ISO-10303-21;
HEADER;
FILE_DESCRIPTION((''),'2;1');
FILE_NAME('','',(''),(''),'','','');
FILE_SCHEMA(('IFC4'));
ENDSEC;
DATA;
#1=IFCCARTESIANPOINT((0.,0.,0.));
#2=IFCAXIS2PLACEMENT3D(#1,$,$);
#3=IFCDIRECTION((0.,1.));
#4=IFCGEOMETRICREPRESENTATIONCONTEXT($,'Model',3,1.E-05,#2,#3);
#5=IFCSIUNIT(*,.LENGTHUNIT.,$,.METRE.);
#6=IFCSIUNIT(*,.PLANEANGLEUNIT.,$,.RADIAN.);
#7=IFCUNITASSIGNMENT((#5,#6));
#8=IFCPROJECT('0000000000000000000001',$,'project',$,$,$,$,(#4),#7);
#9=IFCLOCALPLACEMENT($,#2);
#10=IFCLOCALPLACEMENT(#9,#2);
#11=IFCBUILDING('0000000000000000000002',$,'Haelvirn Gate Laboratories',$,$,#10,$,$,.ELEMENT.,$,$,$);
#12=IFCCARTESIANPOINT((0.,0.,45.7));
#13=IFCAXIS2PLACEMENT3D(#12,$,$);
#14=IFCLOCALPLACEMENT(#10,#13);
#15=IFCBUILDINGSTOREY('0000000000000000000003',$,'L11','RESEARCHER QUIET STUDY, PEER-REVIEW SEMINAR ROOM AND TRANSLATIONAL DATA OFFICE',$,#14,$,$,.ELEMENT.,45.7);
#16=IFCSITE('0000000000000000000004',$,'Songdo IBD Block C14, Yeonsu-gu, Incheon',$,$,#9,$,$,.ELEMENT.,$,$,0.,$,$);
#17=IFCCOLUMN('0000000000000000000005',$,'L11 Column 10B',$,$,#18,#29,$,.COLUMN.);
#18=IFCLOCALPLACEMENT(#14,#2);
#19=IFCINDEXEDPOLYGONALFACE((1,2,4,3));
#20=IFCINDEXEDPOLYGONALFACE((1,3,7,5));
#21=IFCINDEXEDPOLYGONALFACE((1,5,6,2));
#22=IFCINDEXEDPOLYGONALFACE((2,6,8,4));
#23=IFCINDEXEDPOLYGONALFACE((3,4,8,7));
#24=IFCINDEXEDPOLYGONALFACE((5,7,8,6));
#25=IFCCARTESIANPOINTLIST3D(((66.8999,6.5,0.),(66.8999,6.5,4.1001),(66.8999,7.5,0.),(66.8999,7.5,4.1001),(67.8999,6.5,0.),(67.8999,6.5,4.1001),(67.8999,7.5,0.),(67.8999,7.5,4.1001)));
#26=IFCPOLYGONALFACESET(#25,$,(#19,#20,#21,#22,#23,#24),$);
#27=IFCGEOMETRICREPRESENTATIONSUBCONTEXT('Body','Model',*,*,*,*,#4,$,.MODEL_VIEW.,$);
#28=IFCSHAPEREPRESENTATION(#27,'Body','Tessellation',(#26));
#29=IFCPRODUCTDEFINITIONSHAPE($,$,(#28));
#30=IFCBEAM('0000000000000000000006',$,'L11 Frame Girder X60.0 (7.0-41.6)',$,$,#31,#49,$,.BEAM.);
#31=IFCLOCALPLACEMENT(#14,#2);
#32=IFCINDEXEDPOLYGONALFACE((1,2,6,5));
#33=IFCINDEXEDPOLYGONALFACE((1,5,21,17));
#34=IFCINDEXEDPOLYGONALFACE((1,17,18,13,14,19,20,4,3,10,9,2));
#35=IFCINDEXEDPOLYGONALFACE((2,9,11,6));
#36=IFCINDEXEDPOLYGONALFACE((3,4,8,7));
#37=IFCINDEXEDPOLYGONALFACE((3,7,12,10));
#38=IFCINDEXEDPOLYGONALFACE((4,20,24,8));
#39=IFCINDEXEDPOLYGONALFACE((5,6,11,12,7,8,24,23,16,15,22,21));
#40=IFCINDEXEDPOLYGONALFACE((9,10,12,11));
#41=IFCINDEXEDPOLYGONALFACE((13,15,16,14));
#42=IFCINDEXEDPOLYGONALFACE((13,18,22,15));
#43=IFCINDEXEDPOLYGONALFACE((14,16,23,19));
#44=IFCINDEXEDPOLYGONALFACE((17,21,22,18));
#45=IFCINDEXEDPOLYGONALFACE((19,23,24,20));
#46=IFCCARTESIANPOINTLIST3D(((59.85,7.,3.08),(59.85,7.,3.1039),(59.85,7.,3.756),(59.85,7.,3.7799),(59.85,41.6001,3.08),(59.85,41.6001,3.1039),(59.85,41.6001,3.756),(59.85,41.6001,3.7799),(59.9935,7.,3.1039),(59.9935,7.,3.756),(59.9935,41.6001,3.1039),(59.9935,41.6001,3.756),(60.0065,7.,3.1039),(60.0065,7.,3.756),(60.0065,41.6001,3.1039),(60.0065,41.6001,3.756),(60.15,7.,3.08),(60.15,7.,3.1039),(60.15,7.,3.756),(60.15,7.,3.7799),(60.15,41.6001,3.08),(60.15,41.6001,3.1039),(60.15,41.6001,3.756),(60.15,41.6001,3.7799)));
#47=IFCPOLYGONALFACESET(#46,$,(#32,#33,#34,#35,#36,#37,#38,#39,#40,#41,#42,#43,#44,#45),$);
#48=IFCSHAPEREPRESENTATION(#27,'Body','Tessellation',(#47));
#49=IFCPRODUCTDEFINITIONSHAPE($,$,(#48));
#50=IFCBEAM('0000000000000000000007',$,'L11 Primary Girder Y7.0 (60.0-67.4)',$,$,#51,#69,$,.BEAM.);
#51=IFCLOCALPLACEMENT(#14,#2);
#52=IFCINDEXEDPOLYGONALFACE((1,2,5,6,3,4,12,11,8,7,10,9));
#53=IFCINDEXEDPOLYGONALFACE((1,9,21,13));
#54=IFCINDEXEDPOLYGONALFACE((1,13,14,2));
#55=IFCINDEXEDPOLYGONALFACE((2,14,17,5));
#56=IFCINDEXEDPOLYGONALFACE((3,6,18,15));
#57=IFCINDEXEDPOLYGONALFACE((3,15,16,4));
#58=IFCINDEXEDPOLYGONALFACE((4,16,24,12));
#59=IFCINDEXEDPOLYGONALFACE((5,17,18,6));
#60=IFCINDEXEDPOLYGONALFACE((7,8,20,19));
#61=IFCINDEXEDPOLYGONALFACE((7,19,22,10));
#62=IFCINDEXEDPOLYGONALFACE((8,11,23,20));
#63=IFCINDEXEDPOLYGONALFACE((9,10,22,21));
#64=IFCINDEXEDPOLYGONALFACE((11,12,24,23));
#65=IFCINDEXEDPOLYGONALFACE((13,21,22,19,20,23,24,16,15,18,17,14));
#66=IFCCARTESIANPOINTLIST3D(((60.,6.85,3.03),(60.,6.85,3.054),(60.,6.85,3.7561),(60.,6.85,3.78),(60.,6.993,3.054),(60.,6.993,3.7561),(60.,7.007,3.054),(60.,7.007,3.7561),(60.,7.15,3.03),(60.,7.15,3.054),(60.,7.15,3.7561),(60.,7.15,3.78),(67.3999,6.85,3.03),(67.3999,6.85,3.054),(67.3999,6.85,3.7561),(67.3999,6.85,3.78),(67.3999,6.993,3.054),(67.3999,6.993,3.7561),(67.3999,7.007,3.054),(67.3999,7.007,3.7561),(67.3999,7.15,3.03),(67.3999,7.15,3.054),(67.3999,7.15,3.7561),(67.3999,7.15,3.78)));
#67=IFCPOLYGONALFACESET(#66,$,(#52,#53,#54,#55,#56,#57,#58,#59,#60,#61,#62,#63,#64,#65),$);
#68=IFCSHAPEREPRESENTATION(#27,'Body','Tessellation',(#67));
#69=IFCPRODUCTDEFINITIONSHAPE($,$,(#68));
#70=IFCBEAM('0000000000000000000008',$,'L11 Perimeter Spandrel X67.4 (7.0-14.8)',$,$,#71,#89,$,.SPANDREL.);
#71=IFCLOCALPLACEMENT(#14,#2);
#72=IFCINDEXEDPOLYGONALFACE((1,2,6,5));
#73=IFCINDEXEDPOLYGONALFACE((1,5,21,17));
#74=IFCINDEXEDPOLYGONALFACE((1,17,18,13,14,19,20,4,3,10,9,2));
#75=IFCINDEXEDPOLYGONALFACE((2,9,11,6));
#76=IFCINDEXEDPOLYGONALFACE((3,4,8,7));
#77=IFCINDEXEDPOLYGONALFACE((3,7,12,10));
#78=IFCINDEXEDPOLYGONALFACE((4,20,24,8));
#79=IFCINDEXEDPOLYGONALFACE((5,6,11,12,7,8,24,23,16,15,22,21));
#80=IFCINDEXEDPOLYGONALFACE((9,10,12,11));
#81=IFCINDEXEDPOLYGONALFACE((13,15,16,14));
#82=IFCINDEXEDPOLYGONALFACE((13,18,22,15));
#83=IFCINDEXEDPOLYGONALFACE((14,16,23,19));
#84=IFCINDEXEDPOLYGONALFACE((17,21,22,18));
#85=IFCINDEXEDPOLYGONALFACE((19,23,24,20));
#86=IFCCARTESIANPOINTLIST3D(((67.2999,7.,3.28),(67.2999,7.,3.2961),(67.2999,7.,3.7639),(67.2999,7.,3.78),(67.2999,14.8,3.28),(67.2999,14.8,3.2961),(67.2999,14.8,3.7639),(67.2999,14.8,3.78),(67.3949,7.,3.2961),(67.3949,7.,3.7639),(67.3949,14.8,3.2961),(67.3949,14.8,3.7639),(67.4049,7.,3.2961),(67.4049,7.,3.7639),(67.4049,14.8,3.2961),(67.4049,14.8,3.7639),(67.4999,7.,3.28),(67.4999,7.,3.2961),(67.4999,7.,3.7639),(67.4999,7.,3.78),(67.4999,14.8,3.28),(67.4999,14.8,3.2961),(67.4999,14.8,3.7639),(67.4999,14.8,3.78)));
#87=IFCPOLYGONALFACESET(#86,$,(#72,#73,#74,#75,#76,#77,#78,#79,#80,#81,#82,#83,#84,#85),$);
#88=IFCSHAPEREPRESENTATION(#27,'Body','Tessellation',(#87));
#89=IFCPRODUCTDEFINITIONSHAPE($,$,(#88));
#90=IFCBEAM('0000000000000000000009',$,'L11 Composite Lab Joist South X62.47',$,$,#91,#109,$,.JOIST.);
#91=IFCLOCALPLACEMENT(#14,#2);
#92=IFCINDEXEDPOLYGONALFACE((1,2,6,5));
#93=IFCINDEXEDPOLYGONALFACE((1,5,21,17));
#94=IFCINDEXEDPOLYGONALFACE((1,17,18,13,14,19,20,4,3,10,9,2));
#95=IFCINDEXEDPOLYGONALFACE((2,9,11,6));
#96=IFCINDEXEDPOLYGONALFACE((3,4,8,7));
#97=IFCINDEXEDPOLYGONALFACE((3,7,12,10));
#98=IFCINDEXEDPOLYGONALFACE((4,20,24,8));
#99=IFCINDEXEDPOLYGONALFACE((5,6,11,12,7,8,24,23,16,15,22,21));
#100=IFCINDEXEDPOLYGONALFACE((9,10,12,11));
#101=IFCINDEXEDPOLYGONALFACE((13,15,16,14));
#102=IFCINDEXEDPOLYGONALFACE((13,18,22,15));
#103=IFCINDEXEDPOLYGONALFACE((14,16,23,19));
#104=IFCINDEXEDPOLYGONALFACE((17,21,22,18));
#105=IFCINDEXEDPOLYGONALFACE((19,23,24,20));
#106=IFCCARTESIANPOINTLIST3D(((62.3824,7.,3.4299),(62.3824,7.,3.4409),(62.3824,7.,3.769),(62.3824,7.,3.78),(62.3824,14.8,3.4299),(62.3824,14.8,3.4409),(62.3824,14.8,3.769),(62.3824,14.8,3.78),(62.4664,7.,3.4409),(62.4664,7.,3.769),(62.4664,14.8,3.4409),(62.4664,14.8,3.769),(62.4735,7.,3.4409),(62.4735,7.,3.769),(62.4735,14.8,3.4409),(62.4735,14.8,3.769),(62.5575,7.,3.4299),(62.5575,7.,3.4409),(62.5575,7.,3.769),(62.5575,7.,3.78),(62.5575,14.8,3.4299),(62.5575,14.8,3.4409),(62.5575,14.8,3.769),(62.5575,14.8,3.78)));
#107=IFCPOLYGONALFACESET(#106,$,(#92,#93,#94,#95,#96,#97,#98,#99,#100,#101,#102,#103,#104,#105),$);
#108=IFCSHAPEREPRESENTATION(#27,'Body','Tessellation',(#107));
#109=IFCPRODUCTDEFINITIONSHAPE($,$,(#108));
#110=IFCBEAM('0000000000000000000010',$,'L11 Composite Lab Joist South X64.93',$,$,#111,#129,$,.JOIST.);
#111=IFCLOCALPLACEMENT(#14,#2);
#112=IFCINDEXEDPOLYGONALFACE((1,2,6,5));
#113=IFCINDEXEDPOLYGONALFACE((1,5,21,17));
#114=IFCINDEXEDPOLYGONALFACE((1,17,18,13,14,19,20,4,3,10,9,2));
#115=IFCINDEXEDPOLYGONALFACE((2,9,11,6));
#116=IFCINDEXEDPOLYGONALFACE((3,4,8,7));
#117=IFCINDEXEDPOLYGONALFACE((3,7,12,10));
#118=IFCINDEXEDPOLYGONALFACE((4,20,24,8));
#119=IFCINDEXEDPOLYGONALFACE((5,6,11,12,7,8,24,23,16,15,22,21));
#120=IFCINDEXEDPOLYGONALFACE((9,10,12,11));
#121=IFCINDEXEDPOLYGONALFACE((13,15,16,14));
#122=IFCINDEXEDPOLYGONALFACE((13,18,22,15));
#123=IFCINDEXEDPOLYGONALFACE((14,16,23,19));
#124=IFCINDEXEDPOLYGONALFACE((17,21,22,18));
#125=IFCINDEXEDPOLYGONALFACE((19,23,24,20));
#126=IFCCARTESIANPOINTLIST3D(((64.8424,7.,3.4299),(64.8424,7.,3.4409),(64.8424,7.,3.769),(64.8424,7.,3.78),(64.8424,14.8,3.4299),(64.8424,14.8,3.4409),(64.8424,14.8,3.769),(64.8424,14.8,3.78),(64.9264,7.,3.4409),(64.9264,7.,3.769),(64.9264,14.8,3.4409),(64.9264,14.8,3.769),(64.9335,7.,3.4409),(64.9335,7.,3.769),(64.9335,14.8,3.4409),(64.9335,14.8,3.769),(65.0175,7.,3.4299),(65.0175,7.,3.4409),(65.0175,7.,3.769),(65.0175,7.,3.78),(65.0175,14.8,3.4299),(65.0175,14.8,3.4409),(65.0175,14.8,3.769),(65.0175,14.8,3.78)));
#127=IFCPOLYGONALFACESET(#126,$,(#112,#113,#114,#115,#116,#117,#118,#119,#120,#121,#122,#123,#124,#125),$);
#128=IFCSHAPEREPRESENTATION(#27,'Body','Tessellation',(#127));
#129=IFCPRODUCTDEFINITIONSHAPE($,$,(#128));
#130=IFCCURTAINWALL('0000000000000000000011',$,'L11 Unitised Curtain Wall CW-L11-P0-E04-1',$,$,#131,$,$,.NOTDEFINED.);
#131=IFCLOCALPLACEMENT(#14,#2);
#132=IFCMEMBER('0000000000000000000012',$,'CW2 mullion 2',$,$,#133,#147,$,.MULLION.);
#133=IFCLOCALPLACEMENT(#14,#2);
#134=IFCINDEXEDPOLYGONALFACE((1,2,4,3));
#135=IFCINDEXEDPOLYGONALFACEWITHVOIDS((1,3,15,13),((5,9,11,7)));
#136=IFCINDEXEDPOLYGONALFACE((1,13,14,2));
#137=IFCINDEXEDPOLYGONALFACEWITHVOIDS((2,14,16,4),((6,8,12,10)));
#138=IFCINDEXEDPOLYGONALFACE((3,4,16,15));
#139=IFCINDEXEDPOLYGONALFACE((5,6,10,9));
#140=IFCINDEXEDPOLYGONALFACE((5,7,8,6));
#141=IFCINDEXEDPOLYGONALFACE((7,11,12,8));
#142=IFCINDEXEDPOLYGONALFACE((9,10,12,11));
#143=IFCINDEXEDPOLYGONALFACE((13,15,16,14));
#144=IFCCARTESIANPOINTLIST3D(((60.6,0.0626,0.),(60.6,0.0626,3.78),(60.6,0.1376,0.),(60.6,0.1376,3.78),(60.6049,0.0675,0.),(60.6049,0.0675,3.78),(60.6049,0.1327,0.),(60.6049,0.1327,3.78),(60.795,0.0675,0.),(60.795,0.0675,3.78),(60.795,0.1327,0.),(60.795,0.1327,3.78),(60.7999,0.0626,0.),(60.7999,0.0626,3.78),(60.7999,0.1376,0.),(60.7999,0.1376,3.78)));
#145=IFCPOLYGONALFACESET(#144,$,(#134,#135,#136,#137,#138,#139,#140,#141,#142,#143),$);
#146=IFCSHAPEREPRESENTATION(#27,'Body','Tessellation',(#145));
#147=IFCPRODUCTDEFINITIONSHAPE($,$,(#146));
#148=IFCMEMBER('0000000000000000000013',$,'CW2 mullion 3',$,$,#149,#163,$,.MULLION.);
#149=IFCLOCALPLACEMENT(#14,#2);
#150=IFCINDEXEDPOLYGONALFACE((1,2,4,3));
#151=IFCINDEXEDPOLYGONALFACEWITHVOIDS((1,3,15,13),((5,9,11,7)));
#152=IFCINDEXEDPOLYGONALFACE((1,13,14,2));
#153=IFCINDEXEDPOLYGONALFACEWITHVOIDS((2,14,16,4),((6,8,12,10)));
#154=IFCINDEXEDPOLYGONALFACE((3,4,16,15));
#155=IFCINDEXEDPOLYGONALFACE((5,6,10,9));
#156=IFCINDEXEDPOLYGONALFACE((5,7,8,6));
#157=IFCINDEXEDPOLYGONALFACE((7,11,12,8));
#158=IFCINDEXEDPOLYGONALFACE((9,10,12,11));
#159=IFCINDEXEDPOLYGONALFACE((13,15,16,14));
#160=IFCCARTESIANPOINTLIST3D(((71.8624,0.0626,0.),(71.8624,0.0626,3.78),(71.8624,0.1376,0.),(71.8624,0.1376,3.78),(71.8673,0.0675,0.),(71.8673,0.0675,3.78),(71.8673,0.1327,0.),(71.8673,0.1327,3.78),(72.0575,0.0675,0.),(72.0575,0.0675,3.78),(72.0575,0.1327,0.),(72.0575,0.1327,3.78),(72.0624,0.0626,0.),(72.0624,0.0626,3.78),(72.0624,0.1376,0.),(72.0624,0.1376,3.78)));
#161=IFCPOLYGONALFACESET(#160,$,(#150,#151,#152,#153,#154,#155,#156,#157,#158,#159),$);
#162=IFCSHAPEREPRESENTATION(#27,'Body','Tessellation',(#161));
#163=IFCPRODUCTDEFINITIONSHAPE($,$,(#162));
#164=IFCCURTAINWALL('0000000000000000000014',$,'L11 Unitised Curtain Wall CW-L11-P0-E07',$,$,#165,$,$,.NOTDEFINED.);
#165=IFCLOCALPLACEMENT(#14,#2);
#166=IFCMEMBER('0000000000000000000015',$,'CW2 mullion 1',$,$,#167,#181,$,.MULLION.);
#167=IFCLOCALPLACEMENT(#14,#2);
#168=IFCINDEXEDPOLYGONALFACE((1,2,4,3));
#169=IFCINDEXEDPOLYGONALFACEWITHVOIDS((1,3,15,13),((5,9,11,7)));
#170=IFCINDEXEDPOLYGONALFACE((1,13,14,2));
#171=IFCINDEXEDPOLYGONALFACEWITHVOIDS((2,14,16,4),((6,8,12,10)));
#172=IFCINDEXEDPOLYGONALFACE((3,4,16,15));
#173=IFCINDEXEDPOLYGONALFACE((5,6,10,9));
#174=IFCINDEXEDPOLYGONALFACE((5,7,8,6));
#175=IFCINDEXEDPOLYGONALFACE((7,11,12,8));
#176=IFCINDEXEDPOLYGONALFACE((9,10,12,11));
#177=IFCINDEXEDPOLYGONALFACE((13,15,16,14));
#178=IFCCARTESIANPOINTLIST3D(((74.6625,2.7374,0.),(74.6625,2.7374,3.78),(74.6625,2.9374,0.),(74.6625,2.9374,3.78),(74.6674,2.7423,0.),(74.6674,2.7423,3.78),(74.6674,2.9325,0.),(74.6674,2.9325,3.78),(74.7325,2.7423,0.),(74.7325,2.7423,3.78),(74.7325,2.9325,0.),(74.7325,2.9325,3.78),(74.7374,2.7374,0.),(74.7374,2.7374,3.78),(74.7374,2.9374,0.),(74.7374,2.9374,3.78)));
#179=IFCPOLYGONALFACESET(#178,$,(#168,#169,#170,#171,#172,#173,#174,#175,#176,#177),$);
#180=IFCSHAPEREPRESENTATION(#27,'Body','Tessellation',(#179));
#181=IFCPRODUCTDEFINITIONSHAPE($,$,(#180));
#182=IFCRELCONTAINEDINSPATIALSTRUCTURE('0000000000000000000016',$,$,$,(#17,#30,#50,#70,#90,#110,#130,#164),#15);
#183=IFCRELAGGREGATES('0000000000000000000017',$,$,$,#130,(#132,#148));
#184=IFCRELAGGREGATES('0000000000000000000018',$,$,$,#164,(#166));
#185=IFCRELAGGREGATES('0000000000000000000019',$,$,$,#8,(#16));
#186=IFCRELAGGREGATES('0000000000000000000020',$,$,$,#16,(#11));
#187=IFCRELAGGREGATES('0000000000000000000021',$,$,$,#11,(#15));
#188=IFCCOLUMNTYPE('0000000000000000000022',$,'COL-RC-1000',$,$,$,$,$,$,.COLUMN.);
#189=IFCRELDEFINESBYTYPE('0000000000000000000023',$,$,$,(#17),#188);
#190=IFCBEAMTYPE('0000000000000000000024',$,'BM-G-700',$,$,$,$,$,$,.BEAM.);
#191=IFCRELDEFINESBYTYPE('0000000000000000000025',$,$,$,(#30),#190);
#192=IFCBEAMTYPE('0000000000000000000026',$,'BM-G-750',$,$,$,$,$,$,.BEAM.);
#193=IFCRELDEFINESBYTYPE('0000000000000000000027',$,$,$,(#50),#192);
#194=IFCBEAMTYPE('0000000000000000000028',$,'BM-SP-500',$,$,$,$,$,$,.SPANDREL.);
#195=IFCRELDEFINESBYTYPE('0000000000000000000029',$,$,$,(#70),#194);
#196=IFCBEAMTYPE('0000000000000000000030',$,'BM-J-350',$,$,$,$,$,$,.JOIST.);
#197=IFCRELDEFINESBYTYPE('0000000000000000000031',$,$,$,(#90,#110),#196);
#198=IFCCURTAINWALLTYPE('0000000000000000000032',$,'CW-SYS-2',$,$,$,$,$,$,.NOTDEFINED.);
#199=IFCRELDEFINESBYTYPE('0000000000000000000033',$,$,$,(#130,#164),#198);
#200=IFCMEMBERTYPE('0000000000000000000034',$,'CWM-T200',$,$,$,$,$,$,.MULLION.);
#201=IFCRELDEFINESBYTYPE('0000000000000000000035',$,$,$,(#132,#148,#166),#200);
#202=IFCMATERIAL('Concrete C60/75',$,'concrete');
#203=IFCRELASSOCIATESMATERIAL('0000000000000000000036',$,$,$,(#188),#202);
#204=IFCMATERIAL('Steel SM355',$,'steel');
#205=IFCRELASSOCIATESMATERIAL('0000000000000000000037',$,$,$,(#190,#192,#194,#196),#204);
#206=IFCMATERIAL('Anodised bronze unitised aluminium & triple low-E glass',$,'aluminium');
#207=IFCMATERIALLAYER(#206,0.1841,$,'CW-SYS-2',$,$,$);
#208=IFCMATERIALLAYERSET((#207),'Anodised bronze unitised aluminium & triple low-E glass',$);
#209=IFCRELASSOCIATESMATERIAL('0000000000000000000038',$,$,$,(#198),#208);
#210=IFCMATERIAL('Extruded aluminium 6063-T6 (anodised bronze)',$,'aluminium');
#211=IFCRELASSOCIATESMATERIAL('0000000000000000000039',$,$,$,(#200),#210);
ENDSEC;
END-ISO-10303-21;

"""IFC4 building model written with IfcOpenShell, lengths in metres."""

from ifc_helpers import new_model, si_unit, direction, frame, origin, origin_2d, place, context, subcontext, project, spatial, rectangle, hollow_rectangle, i_section, extrude, source, transform, mapped, material, layer, layer_set, material_profile, profile_set, type_object, type_shapes, element, aggregate, save


model = new_model("IFC4")

# Units and contexts
model_context = context("Model", 3, precision=1e-05, world=origin(), true_north=direction((0.0, 1.0)))
body_context = subcontext(model_context, "Body", "Model", "MODEL_VIEW")
ifc_project = project(units=[si_unit("LENGTHUNIT", "METRE"), si_unit("PLANEANGLEUNIT", "RADIAN")], contexts=[model_context])

# Site, building, storey
site_placement = place(None, origin())
site = spatial("IfcSite", under=ifc_project, at=site_placement, Name="Songdo IBD Block C14, Yeonsu-gu, Incheon", CompositionType="ELEMENT", RefElevation=0.0)
building_placement = place(site_placement, origin())
building = spatial("IfcBuilding", under=site, at=building_placement, Name="Haelvirn Gate Laboratories", CompositionType="ELEMENT")
storey_placement = place(building_placement, frame((0.0, 0.0, 45.7)))
storey = spatial("IfcBuildingStorey", under=building, at=storey_placement, Name="L11", Description="RESEARCHER QUIET STUDY, PEER-REVIEW SEMINAR ROOM AND TRANSLATIONAL DATA OFFICE", CompositionType="ELEMENT", Elevation=45.7)

# Column
ifc_material_1 = material(Name="Concrete C60/75", Category="concrete")
ifc_material_profile_1 = material_profile(ifc_material_1, rectangle(XDim=1.0, YDim=1.0, at=origin_2d()), Name="RC-1000x1000")
ifc_profile_set_1 = profile_set([ifc_material_profile_1], Name="Concrete C60/75")
column_type = type_object("IfcColumnType", Name="COL-RC-1000", PredefinedType="COLUMN", material=ifc_profile_set_1)
shared_shape_1 = source(origin(), body_context, "Body", "SweptSolid", [
    extrude(rectangle(XDim=1.0, YDim=1.0, at=origin_2d()), origin(), (0.0, 0.0, 1.0), 4.1001),
])
type_shapes(column_type, [shared_shape_1])
column_placement = place(storey_placement, frame((67.3999, 7.0, 0.0), z_axis=(0.0, 0.0, 1.0), x_axis=(1.0, 0.0, 0.0)))
element("IfcColumn", 1, at=column_placement, inside=storey, type_object=column_type, Name="L11 Column 10B", PredefinedType="COLUMN", context=body_context, shape_type="MappedRepresentation", body=[
    mapped(shared_shape_1, transform((0.0, 0.0, 0.0), scale=1.0)),
])

# Beams
ifc_material_2 = material(Name="Steel SM355", Category="steel")
ifc_material_profile_2 = material_profile(ifc_material_2, i_section(OverallWidth=0.3, OverallDepth=0.7, WebThickness=0.0129, FlangeThickness=0.0239, at=origin_2d()), Name="H-700x300x13x24")
ifc_profile_set_2 = profile_set([ifc_material_profile_2], Name="Steel SM355")
beam_type_1 = type_object("IfcBeamType", Name="BM-G-700", PredefinedType="BEAM", material=ifc_profile_set_2)
shared_shape_2 = source(origin(), body_context, "Body", "SweptSolid", [
    extrude(i_section(OverallWidth=0.3, OverallDepth=0.7, WebThickness=0.0129, FlangeThickness=0.0239, at=origin_2d()), origin(), (0.0, 0.0, 1.0), 34.6001),
])
type_shapes(beam_type_1, [shared_shape_2])
beam_1_placement = place(storey_placement, frame((60.0, 7.0, 3.4299), z_axis=(0.0, 1.0, 0.0), x_axis=(-1.0, 0.0, 0.0)))
element("IfcBeam", 2, at=beam_1_placement, inside=storey, type_object=beam_type_1, Name="L11 Frame Girder X60.0 (7.0-41.6)", PredefinedType="BEAM", context=body_context, shape_type="MappedRepresentation", body=[
    mapped(shared_shape_2, transform((0.0, 0.0, 0.0), scale=1.0)),
])
ifc_material_profile_3 = material_profile(ifc_material_2, i_section(OverallWidth=0.3, OverallDepth=0.75, WebThickness=0.0139, FlangeThickness=0.0239, at=origin_2d()), Name="H-750x300x14x24")
ifc_profile_set_3 = profile_set([ifc_material_profile_3], Name="Steel SM355")
beam_type_2 = type_object("IfcBeamType", Name="BM-G-750", PredefinedType="BEAM", material=ifc_profile_set_3)
shared_shape_3 = source(origin(), body_context, "Body", "SweptSolid", [
    extrude(i_section(OverallWidth=0.3, OverallDepth=0.75, WebThickness=0.0139, FlangeThickness=0.0239, at=origin_2d()), origin(), (0.0, 0.0, 1.0), 7.3999),
])
type_shapes(beam_type_2, [shared_shape_3])
beam_2_placement = place(storey_placement, frame((60.0, 7.0, 3.405), z_axis=(1.0, 0.0, 0.0), x_axis=(0.0, 1.0, 0.0)))
element("IfcBeam", 3, at=beam_2_placement, inside=storey, type_object=beam_type_2, Name="L11 Primary Girder Y7.0 (60.0-67.4)", PredefinedType="BEAM", context=body_context, shape_type="MappedRepresentation", body=[
    mapped(shared_shape_3, transform((0.0, 0.0, 0.0), scale=1.0)),
])
ifc_material_profile_4 = material_profile(ifc_material_2, i_section(OverallWidth=0.2, OverallDepth=0.5, WebThickness=0.01, FlangeThickness=0.0161, at=origin_2d()), Name="H-500x200x10x16")
ifc_profile_set_4 = profile_set([ifc_material_profile_4], Name="Steel SM355")
beam_type_3 = type_object("IfcBeamType", Name="BM-SP-500", PredefinedType="SPANDREL", material=ifc_profile_set_4)
shared_shape_4 = source(origin(), body_context, "Body", "SweptSolid", [
    extrude(i_section(OverallWidth=0.2, OverallDepth=0.5, WebThickness=0.01, FlangeThickness=0.0161, at=origin_2d()), origin(), (0.0, 0.0, 1.0), 7.8),
])
type_shapes(beam_type_3, [shared_shape_4])
beam_3_placement = place(storey_placement, frame((67.3999, 7.0, 3.53), z_axis=(0.0, 1.0, 0.0), x_axis=(-1.0, 0.0, 0.0)))
element("IfcBeam", 4, at=beam_3_placement, inside=storey, type_object=beam_type_3, Name="L11 Perimeter Spandrel X67.4 (7.0-14.8)", PredefinedType="SPANDREL", context=body_context, shape_type="MappedRepresentation", body=[
    mapped(shared_shape_4, transform((0.0, 0.0, 0.0), scale=1.0)),
])
ifc_material_profile_5 = material_profile(ifc_material_2, i_section(OverallWidth=0.175, OverallDepth=0.3501, WebThickness=0.0071, FlangeThickness=0.011, at=origin_2d()), Name="H-350x175x7x11")
ifc_profile_set_5 = profile_set([ifc_material_profile_5], Name="Steel SM355")
beam_type_4 = type_object("IfcBeamType", Name="BM-J-350", PredefinedType="JOIST", material=ifc_profile_set_5)
shared_shape_5 = source(origin(), body_context, "Body", "SweptSolid", [
    extrude(i_section(OverallWidth=0.175, OverallDepth=0.3501, WebThickness=0.0071, FlangeThickness=0.011, at=origin_2d()), origin(), (0.0, 0.0, 1.0), 7.8),
])
type_shapes(beam_type_4, [shared_shape_5])
for number, where, z_axis, x_axis, name in (
    (5, (62.47, 7.0, 3.605), (0.0, 1.0, 0.0), (-1.0, 0.0, 0.0), "L11 Composite Lab Joist South X62.47"),
    (6, (64.9299, 7.0, 3.605), (0.0, 1.0, 0.0), (-1.0, 0.0, 0.0), "L11 Composite Lab Joist South X64.93"),
):
    element("IfcBeam", number, at=place(storey_placement, frame(where, z_axis=z_axis, x_axis=x_axis)), inside=storey, type_object=beam_type_4, Name=name, PredefinedType="JOIST", context=body_context, shape_type="MappedRepresentation", body=[
        mapped(shared_shape_5, transform((0.0, 0.0, 0.0), scale=1.0)),
    ])

# Curtain wall, members
ifc_material_3 = material(Name="Anodised bronze unitised aluminium & triple low-E glass", Category="aluminium")
ifc_layer_1 = layer(ifc_material_3, 0.1841, Name="CW-SYS-2")
ifc_layer_set_1 = layer_set([ifc_layer_1], Name="Anodised bronze unitised aluminium & triple low-E glass")
curtain_wall_type_1 = type_object("IfcCurtainWallType", Name="CW-SYS-2", PredefinedType="NOTDEFINED", material=ifc_layer_set_1)
curtain_wall_1_placement = place(storey_placement, origin())
curtain_wall_1 = element("IfcCurtainWall", 7, at=curtain_wall_1_placement, inside=storey, type_object=curtain_wall_type_1, Name="L11 Unitised Curtain Wall CW-L11-P0-E04-1", PredefinedType="NOTDEFINED")
ifc_material_4 = material(Name="Extruded aluminium 6063-T6 (anodised bronze)", Category="aluminium")
ifc_material_profile_6 = material_profile(ifc_material_4, hollow_rectangle(XDim=0.075, YDim=0.2, WallThickness=0.0049, at=origin_2d()), Name="CWM-200x75x5")
ifc_profile_set_6 = profile_set([ifc_material_profile_6], Name="Extruded aluminium 6063-T6 (anodised bronze)")
member_type_1 = type_object("IfcMemberType", Name="CWM-T200", PredefinedType="MULLION", material=ifc_profile_set_6)
shared_shape_6 = source(origin(), body_context, "Body", "SweptSolid", [
    extrude(hollow_rectangle(XDim=0.075, YDim=0.2, WallThickness=0.0049, at=origin_2d()), origin(), (0.0, 0.0, 1.0), 3.78),
])
type_shapes(member_type_1, [shared_shape_6])
member_1_placement = place(storey_placement, frame((60.7, 0.1001, 0.0), z_axis=(0.0, 0.0, 1.0), x_axis=(0.0, 1.0, 0.0)))
member_1 = element("IfcMember", 8, at=member_1_placement, type_object=member_type_1, Name="CW2 mullion 2", PredefinedType="MULLION", context=body_context, shape_type="MappedRepresentation", body=[
    mapped(shared_shape_6, transform((0.0, 0.0, 0.0), scale=1.0)),
])
member_2_placement = place(storey_placement, frame((71.9624, 0.1001, 0.0), z_axis=(0.0, 0.0, 1.0), x_axis=(0.0, 1.0, 0.0)))
member_2 = element("IfcMember", 9, at=member_2_placement, type_object=member_type_1, Name="CW2 mullion 3", PredefinedType="MULLION", context=body_context, shape_type="MappedRepresentation", body=[
    mapped(shared_shape_6, transform((0.0, 0.0, 0.0), scale=1.0)),
])

# Curtain wall, member
curtain_wall_2_placement = place(storey_placement, origin())
curtain_wall_2 = element("IfcCurtainWall", 10, at=curtain_wall_2_placement, inside=storey, type_object=curtain_wall_type_1, Name="L11 Unitised Curtain Wall CW-L11-P0-E07", PredefinedType="NOTDEFINED")
member_3_placement = place(storey_placement, frame((74.7, 2.8374, 0.0), z_axis=(0.0, 0.0, 1.0), x_axis=(-1.0, 0.0, 0.0)))
member_3 = element("IfcMember", 11, at=member_3_placement, type_object=member_type_1, Name="CW2 mullion 1", PredefinedType="MULLION", context=body_context, shape_type="MappedRepresentation", body=[
    mapped(shared_shape_6, transform((0.0, 0.0, 0.0), scale=1.0)),
])

aggregate(curtain_wall_1, [member_1, member_2])
aggregate(curtain_wall_2, [member_3])

save(model, "model.ifc")
